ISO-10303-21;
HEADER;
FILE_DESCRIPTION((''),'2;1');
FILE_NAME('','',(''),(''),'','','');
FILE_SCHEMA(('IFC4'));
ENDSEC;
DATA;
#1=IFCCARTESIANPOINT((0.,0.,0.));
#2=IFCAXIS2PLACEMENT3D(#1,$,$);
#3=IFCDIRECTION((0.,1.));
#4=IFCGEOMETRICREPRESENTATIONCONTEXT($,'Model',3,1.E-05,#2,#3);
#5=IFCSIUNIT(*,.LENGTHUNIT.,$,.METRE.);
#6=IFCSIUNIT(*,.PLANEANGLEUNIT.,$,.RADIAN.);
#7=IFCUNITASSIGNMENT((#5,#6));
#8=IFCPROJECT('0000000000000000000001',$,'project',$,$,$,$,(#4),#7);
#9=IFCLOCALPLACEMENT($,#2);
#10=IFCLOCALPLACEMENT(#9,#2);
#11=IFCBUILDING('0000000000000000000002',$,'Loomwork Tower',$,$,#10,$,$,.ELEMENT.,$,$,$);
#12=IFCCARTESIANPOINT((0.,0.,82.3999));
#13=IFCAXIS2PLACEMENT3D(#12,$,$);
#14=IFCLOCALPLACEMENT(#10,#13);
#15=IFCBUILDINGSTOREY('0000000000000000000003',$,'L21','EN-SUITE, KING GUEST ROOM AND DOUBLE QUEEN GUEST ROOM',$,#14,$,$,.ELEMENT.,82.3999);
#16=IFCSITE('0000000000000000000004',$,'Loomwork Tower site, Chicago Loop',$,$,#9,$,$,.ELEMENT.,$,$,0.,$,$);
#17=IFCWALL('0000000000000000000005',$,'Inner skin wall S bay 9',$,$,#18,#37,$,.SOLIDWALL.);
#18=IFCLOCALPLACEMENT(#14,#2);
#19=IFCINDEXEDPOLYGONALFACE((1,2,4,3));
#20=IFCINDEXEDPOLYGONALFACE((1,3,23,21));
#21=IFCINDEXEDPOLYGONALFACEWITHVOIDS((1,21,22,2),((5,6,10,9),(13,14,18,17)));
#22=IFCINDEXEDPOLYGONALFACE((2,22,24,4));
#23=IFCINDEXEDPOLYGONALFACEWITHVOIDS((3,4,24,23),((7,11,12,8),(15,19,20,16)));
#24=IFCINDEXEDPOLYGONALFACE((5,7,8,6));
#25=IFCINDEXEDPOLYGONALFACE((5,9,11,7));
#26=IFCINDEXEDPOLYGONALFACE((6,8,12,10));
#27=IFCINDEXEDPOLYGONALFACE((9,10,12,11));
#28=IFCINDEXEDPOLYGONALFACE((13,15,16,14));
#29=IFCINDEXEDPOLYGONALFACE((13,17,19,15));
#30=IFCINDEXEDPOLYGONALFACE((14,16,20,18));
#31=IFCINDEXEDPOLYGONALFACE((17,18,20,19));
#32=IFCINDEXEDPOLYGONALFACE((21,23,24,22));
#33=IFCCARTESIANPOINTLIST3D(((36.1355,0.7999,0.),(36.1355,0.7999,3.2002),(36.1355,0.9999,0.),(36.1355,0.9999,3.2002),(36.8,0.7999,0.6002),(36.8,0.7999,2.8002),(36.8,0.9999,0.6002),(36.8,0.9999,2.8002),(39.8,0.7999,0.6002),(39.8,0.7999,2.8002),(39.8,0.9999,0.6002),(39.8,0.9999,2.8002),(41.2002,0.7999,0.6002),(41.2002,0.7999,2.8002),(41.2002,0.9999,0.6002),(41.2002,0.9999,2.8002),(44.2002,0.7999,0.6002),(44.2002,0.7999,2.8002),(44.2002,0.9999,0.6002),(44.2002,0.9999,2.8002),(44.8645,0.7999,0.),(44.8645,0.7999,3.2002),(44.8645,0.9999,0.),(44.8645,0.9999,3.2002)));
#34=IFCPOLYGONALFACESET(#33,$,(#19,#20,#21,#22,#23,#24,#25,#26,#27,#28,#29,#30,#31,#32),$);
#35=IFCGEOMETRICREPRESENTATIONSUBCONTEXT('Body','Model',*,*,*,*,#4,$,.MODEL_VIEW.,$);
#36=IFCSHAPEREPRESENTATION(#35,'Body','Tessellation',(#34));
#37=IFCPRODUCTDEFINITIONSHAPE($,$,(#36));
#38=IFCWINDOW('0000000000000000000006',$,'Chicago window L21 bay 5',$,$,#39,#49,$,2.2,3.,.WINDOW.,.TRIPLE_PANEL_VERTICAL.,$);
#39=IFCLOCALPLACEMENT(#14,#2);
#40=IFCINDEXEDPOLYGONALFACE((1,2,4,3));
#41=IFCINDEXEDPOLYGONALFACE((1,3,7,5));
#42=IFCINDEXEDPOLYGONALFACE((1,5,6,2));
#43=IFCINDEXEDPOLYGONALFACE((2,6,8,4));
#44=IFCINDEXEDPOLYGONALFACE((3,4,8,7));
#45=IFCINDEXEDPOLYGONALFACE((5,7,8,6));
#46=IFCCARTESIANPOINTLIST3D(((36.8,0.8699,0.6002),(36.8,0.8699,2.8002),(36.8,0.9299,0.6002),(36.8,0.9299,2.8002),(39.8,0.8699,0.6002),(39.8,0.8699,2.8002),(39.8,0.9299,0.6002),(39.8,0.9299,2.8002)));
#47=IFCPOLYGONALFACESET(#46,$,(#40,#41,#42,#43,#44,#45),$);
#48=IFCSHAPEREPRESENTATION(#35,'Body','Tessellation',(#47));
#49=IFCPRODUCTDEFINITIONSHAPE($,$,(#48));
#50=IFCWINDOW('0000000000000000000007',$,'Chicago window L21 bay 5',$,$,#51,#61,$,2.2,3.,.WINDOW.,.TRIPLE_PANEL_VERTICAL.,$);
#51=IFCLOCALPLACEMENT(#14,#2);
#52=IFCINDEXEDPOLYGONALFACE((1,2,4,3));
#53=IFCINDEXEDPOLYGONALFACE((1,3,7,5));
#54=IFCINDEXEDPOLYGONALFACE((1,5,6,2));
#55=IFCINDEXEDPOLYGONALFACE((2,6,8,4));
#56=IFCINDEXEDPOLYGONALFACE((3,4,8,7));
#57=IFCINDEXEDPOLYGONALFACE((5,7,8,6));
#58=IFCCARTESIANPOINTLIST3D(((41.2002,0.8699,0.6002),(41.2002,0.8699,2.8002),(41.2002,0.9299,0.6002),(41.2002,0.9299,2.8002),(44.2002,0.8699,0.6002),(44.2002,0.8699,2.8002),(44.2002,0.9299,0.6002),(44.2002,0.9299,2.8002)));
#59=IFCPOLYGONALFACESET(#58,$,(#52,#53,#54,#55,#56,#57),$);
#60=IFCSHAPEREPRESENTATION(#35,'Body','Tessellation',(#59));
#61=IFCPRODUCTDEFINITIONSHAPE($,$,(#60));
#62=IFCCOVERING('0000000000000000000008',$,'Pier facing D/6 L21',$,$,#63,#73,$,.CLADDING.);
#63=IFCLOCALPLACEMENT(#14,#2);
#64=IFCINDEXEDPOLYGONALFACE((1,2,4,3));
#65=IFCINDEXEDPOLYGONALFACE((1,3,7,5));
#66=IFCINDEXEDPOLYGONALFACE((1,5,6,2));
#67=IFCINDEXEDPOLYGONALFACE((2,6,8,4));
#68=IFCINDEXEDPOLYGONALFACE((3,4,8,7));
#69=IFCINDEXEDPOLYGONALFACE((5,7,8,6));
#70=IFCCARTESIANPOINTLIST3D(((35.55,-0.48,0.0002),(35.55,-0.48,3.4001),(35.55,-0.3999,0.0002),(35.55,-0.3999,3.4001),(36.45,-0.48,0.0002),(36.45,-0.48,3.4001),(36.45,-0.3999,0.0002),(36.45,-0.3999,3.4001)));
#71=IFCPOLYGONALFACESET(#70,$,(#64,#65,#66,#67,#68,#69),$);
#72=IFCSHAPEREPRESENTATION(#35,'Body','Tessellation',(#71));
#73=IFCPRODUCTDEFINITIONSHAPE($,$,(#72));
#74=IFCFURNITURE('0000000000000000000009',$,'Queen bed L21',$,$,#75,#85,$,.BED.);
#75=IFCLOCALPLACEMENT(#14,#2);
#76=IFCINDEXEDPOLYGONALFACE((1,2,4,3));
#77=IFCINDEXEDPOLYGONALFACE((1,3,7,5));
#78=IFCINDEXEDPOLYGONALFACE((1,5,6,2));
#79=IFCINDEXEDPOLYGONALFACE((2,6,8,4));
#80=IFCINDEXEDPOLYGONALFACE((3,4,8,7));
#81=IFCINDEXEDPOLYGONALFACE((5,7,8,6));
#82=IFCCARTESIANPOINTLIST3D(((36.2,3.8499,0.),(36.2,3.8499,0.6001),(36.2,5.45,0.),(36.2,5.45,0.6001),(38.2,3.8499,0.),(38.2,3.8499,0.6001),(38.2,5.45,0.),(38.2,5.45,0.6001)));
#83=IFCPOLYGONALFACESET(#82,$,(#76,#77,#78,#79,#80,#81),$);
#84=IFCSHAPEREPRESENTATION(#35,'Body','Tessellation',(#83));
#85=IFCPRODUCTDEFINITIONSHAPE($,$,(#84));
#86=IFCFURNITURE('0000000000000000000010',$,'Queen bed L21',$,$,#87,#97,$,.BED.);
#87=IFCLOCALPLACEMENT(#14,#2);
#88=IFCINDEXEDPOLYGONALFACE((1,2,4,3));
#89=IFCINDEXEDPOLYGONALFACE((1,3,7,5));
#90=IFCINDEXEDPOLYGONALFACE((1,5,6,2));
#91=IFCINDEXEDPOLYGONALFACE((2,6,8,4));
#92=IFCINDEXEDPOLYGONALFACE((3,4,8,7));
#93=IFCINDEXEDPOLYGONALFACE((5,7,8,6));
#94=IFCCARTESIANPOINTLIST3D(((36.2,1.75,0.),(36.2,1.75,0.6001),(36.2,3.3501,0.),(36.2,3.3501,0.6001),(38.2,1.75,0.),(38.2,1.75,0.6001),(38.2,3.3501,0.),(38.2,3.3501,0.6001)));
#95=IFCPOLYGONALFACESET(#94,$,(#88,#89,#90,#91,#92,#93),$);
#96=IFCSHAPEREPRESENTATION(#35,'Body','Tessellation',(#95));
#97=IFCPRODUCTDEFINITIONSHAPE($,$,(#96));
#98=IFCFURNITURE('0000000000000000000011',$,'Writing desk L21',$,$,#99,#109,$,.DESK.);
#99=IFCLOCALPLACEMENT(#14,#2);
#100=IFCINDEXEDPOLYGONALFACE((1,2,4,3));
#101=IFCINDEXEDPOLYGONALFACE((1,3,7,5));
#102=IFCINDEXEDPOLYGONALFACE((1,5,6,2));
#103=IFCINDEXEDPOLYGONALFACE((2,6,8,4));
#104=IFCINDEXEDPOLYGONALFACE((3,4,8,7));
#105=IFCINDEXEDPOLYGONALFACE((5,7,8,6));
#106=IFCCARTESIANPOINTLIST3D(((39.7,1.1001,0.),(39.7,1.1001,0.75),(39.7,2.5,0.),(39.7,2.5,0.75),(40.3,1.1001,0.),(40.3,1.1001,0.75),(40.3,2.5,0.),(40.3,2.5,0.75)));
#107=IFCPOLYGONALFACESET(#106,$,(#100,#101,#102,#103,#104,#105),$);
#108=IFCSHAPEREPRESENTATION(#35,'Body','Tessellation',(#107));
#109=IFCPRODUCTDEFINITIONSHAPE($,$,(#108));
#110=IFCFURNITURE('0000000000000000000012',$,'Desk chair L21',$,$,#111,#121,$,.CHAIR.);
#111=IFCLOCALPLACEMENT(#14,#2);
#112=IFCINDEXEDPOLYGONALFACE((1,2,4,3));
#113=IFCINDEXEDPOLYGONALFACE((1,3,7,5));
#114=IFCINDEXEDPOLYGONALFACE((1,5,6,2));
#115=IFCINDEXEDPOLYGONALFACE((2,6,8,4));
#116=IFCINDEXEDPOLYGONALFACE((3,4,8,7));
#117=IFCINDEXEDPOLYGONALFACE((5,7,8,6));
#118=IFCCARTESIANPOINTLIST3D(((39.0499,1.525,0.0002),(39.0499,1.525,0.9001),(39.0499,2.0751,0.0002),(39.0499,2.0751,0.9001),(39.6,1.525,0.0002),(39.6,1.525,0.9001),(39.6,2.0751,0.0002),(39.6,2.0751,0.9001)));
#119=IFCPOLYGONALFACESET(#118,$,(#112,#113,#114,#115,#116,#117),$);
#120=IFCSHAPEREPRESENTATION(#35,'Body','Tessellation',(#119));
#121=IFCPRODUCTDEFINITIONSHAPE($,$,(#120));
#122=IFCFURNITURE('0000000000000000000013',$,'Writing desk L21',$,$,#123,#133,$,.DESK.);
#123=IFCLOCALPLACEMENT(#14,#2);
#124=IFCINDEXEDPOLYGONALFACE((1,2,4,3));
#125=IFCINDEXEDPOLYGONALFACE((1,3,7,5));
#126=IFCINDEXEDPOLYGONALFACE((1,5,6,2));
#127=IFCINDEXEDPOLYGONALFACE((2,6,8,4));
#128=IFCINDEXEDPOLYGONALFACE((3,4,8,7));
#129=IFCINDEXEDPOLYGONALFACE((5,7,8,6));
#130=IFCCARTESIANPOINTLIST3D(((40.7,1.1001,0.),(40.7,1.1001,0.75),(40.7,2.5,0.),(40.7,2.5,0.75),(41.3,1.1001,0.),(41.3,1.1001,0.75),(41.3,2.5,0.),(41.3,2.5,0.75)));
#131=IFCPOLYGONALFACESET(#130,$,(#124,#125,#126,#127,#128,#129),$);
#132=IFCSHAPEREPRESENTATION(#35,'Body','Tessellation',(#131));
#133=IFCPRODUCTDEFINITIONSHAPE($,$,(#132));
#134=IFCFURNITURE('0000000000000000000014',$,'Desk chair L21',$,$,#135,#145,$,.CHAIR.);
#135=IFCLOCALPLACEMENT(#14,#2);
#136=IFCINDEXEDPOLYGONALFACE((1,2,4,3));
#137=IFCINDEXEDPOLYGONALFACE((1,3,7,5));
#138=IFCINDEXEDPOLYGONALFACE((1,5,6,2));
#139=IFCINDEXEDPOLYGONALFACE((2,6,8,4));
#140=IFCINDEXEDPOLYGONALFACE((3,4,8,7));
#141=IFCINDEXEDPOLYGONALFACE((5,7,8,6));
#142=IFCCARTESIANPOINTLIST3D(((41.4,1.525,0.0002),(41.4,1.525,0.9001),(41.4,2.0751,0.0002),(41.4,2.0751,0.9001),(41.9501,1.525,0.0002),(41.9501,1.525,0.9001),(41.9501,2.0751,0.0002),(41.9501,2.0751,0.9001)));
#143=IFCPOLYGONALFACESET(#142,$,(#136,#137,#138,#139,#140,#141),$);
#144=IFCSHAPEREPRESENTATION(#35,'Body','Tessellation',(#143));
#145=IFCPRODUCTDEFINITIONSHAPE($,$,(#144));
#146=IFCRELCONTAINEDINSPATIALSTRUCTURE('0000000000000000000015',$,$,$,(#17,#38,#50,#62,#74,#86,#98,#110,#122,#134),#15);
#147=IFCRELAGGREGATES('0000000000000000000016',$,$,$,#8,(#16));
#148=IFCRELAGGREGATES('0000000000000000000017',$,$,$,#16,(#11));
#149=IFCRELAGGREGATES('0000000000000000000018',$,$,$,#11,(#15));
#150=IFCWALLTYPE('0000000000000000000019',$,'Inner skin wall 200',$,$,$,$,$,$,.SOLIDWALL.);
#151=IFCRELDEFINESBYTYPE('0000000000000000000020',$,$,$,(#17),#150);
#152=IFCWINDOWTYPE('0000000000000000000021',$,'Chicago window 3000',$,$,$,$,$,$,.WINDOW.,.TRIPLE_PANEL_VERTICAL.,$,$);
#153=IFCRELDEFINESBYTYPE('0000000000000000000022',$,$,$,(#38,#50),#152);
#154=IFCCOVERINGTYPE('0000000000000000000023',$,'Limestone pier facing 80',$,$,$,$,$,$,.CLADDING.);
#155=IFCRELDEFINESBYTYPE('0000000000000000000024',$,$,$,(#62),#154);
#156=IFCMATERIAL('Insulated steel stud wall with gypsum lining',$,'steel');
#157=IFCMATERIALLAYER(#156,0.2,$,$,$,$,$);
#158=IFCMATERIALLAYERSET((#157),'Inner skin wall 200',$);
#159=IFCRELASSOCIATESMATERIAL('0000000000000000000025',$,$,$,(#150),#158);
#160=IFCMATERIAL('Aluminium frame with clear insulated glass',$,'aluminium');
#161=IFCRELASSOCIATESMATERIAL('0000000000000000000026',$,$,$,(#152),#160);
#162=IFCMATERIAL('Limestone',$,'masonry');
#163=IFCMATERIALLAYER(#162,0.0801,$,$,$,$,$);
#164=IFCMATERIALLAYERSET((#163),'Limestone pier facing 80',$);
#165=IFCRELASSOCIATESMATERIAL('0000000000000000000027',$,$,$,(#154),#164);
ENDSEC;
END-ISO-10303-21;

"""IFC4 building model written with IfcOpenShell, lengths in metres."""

from ifc_helpers import new_model, si_unit, direction, frame, frame_2d, origin, origin_2d, place, context, subcontext, project, spatial, rectangle, extrude, material, layer, layer_set, type_object, element, fill, save


model = new_model("IFC4")

# Units and contexts
model_context = context("Model", 3, precision=1e-05, world=origin(), true_north=direction((0.0, 1.0)))
body_context = subcontext(model_context, "Body", "Model", "MODEL_VIEW")
ifc_project = project(units=[si_unit("LENGTHUNIT", "METRE"), si_unit("PLANEANGLEUNIT", "RADIAN")], contexts=[model_context])

# Site, building, storey
site_placement = place(None, origin())
site = spatial("IfcSite", under=ifc_project, at=site_placement, Name="Loomwork Tower site, Chicago Loop", CompositionType="ELEMENT", RefElevation=0.0)
building_placement = place(site_placement, origin())
building = spatial("IfcBuilding", under=site, at=building_placement, Name="Loomwork Tower", CompositionType="ELEMENT")
storey_placement = place(building_placement, frame((0.0, 0.0, 82.3999)))
storey = spatial("IfcBuildingStorey", under=building, at=storey_placement, Name="L21", Description="EN-SUITE, KING GUEST ROOM AND DOUBLE QUEEN GUEST ROOM", CompositionType="ELEMENT", Elevation=82.3999)

# Wall, openings, windows
ifc_material_1 = material(Name="Insulated steel stud wall with gypsum lining", Category="steel")
ifc_layer_1 = layer(ifc_material_1, 0.2)
ifc_layer_set_1 = layer_set([ifc_layer_1], Name="Inner skin wall 200")
wall_type_1 = type_object("IfcWallType", Name="Inner skin wall 200", PredefinedType="SOLIDWALL", material=ifc_layer_set_1)
wall_placement = place(storey_placement, frame((36.1355, 0.8999, 0.0), z_axis=(0.0, 0.0, 1.0), x_axis=(1.0, 0.0, 0.0)))
wall = element("IfcWall", 1, at=wall_placement, inside=storey, type_object=wall_type_1, Name="Inner skin wall S bay 9", PredefinedType="SOLIDWALL", context=body_context, shape_type="SweptSolid", body=[
    extrude(rectangle(XDim=8.729, YDim=0.2, at=frame_2d((4.3645, 0.0))), origin(), (0.0, 0.0, 1.0), 3.2002),
])
opening_1_placement = place(wall_placement, frame((0.6646, 0.0, 0.6001)))
opening_1 = element("IfcOpeningElement", 2, at=opening_1_placement, cuts=wall, PredefinedType="OPENING", context=body_context, shape_type="SweptSolid", body=[
    extrude(rectangle(XDim=3.0, YDim=2.2, at=frame_2d((1.5, 1.1001))), frame((0.0, 0.1099, 0.0), z_axis=(0.0, -1.0, 0.0), x_axis=(1.0, 0.0, 0.0)), (0.0, 0.0, 1.0), 0.22),
])
opening_2_placement = place(wall_placement, frame((5.0647, 0.0, 0.6001)))
opening_2 = element("IfcOpeningElement", 3, at=opening_2_placement, cuts=wall, PredefinedType="OPENING", context=body_context, shape_type="SweptSolid", body=[
    extrude(rectangle(XDim=3.0, YDim=2.2, at=frame_2d((1.5, 1.1001))), frame((0.0, 0.1099, 0.0), z_axis=(0.0, -1.0, 0.0), x_axis=(1.0, 0.0, 0.0)), (0.0, 0.0, 1.0), 0.22),
])
ifc_material_2 = material(Name="Aluminium frame with clear insulated glass", Category="aluminium")
window_type = type_object("IfcWindowType", Name="Chicago window 3000", PartitioningType="TRIPLE_PANEL_VERTICAL", PredefinedType="WINDOW", material=ifc_material_2)
window_1_placement = place(opening_1_placement, origin())
window_1 = element("IfcWindow", 4, at=window_1_placement, inside=storey, type_object=window_type, Name="Chicago window L21 bay 5", OverallHeight=2.2, OverallWidth=3.0, PartitioningType="TRIPLE_PANEL_VERTICAL", PredefinedType="WINDOW", context=body_context, shape_type="SweptSolid", body=[
    extrude(rectangle(XDim=3.0, YDim=2.2, at=frame_2d((1.5, 1.1001))), frame((0.0, 0.03, 0.0), z_axis=(0.0, -1.0, 0.0), x_axis=(1.0, 0.0, 0.0)), (0.0, 0.0, 1.0), 0.0601),
])
fill(opening_1, window_1)
window_2_placement = place(opening_2_placement, origin())
window_2 = element("IfcWindow", 5, at=window_2_placement, inside=storey, type_object=window_type, Name="Chicago window L21 bay 5", OverallHeight=2.2, OverallWidth=3.0, PartitioningType="TRIPLE_PANEL_VERTICAL", PredefinedType="WINDOW", context=body_context, shape_type="SweptSolid", body=[
    extrude(rectangle(XDim=3.0, YDim=2.2, at=frame_2d((1.5, 1.1001))), frame((0.0, 0.03, 0.0), z_axis=(0.0, -1.0, 0.0), x_axis=(1.0, 0.0, 0.0)), (0.0, 0.0, 1.0), 0.0601),
])
fill(opening_2, window_2)

# Covering
ifc_material_3 = material(Name="Limestone", Category="masonry")
ifc_layer_2 = layer(ifc_material_3, 0.0801)
ifc_layer_set_2 = layer_set([ifc_layer_2], Name="Limestone pier facing 80")
covering_type = type_object("IfcCoveringType", Name="Limestone pier facing 80", PredefinedType="CLADDING", material=ifc_layer_set_2)
covering_placement = place(storey_placement, frame((36.0, -0.4399, 0.0002), z_axis=(0.0, 0.0, 1.0), x_axis=(1.0, 0.0, 0.0)))
element("IfcCovering", 6, at=covering_placement, inside=storey, type_object=covering_type, Name="Pier facing D/6 L21", PredefinedType="CLADDING", context=body_context, shape_type="SweptSolid", body=[
    extrude(rectangle(XDim=0.8999, YDim=0.0801, at=origin_2d()), origin(), (0.0, 0.0, 1.0), 3.3999),
])

# Furniture
for number, where, z_axis, x_axis, name in (
    (7, (37.2, 4.6499, 0.0), (0.0, 0.0, 1.0), (1.0, 0.0, 0.0), "Queen bed L21"),
    (8, (37.2, 2.55, 0.0), (0.0, 0.0, 1.0), (1.0, 0.0, 0.0), "Queen bed L21"),
):
    element("IfcFurniture", number, at=place(storey_placement, frame(where, z_axis=z_axis, x_axis=x_axis)), inside=storey, Name=name, PredefinedType="BED", context=body_context, shape_type="SweptSolid", body=[
        extrude(rectangle(XDim=2.0, YDim=1.6001, at=origin_2d()), origin(), (0.0, 0.0, 1.0), 0.6001),
    ])
furniture_1_placement = place(storey_placement, frame((40.0, 1.8, 0.0), z_axis=(0.0, 0.0, 1.0), x_axis=(1.0, 0.0, 0.0)))
element("IfcFurniture", 9, at=furniture_1_placement, inside=storey, Name="Writing desk L21", PredefinedType="DESK", context=body_context, shape_type="SweptSolid", body=[
    extrude(rectangle(XDim=0.6001, YDim=1.3999, at=origin_2d()), origin(), (0.0, 0.0, 1.0), 0.75),
])
furniture_2_placement = place(storey_placement, frame((39.325, 1.8, 0.0002), z_axis=(0.0, 0.0, 1.0), x_axis=(1.0, 0.0, 0.0)))
element("IfcFurniture", 10, at=furniture_2_placement, inside=storey, Name="Desk chair L21", PredefinedType="CHAIR", context=body_context, shape_type="SweptSolid", body=[
    extrude(rectangle(XDim=0.55, YDim=0.55, at=origin_2d()), origin(), (0.0, 0.0, 1.0), 0.8999),
])
furniture_3_placement = place(storey_placement, frame((41.0, 1.8, 0.0), z_axis=(0.0, 0.0, 1.0), x_axis=(1.0, 0.0, 0.0)))
element("IfcFurniture", 11, at=furniture_3_placement, inside=storey, Name="Writing desk L21", PredefinedType="DESK", context=body_context, shape_type="SweptSolid", body=[
    extrude(rectangle(XDim=0.6001, YDim=1.3999, at=origin_2d()), origin(), (0.0, 0.0, 1.0), 0.75),
])
furniture_4_placement = place(storey_placement, frame((41.675, 1.8, 0.0002), z_axis=(0.0, 0.0, 1.0), x_axis=(1.0, 0.0, 0.0)))
element("IfcFurniture", 12, at=furniture_4_placement, inside=storey, Name="Desk chair L21", PredefinedType="CHAIR", context=body_context, shape_type="SweptSolid", body=[
    extrude(rectangle(XDim=0.55, YDim=0.55, at=origin_2d()), origin(), (0.0, 0.0, 1.0), 0.8999),
])

save(model, "model.ifc")
